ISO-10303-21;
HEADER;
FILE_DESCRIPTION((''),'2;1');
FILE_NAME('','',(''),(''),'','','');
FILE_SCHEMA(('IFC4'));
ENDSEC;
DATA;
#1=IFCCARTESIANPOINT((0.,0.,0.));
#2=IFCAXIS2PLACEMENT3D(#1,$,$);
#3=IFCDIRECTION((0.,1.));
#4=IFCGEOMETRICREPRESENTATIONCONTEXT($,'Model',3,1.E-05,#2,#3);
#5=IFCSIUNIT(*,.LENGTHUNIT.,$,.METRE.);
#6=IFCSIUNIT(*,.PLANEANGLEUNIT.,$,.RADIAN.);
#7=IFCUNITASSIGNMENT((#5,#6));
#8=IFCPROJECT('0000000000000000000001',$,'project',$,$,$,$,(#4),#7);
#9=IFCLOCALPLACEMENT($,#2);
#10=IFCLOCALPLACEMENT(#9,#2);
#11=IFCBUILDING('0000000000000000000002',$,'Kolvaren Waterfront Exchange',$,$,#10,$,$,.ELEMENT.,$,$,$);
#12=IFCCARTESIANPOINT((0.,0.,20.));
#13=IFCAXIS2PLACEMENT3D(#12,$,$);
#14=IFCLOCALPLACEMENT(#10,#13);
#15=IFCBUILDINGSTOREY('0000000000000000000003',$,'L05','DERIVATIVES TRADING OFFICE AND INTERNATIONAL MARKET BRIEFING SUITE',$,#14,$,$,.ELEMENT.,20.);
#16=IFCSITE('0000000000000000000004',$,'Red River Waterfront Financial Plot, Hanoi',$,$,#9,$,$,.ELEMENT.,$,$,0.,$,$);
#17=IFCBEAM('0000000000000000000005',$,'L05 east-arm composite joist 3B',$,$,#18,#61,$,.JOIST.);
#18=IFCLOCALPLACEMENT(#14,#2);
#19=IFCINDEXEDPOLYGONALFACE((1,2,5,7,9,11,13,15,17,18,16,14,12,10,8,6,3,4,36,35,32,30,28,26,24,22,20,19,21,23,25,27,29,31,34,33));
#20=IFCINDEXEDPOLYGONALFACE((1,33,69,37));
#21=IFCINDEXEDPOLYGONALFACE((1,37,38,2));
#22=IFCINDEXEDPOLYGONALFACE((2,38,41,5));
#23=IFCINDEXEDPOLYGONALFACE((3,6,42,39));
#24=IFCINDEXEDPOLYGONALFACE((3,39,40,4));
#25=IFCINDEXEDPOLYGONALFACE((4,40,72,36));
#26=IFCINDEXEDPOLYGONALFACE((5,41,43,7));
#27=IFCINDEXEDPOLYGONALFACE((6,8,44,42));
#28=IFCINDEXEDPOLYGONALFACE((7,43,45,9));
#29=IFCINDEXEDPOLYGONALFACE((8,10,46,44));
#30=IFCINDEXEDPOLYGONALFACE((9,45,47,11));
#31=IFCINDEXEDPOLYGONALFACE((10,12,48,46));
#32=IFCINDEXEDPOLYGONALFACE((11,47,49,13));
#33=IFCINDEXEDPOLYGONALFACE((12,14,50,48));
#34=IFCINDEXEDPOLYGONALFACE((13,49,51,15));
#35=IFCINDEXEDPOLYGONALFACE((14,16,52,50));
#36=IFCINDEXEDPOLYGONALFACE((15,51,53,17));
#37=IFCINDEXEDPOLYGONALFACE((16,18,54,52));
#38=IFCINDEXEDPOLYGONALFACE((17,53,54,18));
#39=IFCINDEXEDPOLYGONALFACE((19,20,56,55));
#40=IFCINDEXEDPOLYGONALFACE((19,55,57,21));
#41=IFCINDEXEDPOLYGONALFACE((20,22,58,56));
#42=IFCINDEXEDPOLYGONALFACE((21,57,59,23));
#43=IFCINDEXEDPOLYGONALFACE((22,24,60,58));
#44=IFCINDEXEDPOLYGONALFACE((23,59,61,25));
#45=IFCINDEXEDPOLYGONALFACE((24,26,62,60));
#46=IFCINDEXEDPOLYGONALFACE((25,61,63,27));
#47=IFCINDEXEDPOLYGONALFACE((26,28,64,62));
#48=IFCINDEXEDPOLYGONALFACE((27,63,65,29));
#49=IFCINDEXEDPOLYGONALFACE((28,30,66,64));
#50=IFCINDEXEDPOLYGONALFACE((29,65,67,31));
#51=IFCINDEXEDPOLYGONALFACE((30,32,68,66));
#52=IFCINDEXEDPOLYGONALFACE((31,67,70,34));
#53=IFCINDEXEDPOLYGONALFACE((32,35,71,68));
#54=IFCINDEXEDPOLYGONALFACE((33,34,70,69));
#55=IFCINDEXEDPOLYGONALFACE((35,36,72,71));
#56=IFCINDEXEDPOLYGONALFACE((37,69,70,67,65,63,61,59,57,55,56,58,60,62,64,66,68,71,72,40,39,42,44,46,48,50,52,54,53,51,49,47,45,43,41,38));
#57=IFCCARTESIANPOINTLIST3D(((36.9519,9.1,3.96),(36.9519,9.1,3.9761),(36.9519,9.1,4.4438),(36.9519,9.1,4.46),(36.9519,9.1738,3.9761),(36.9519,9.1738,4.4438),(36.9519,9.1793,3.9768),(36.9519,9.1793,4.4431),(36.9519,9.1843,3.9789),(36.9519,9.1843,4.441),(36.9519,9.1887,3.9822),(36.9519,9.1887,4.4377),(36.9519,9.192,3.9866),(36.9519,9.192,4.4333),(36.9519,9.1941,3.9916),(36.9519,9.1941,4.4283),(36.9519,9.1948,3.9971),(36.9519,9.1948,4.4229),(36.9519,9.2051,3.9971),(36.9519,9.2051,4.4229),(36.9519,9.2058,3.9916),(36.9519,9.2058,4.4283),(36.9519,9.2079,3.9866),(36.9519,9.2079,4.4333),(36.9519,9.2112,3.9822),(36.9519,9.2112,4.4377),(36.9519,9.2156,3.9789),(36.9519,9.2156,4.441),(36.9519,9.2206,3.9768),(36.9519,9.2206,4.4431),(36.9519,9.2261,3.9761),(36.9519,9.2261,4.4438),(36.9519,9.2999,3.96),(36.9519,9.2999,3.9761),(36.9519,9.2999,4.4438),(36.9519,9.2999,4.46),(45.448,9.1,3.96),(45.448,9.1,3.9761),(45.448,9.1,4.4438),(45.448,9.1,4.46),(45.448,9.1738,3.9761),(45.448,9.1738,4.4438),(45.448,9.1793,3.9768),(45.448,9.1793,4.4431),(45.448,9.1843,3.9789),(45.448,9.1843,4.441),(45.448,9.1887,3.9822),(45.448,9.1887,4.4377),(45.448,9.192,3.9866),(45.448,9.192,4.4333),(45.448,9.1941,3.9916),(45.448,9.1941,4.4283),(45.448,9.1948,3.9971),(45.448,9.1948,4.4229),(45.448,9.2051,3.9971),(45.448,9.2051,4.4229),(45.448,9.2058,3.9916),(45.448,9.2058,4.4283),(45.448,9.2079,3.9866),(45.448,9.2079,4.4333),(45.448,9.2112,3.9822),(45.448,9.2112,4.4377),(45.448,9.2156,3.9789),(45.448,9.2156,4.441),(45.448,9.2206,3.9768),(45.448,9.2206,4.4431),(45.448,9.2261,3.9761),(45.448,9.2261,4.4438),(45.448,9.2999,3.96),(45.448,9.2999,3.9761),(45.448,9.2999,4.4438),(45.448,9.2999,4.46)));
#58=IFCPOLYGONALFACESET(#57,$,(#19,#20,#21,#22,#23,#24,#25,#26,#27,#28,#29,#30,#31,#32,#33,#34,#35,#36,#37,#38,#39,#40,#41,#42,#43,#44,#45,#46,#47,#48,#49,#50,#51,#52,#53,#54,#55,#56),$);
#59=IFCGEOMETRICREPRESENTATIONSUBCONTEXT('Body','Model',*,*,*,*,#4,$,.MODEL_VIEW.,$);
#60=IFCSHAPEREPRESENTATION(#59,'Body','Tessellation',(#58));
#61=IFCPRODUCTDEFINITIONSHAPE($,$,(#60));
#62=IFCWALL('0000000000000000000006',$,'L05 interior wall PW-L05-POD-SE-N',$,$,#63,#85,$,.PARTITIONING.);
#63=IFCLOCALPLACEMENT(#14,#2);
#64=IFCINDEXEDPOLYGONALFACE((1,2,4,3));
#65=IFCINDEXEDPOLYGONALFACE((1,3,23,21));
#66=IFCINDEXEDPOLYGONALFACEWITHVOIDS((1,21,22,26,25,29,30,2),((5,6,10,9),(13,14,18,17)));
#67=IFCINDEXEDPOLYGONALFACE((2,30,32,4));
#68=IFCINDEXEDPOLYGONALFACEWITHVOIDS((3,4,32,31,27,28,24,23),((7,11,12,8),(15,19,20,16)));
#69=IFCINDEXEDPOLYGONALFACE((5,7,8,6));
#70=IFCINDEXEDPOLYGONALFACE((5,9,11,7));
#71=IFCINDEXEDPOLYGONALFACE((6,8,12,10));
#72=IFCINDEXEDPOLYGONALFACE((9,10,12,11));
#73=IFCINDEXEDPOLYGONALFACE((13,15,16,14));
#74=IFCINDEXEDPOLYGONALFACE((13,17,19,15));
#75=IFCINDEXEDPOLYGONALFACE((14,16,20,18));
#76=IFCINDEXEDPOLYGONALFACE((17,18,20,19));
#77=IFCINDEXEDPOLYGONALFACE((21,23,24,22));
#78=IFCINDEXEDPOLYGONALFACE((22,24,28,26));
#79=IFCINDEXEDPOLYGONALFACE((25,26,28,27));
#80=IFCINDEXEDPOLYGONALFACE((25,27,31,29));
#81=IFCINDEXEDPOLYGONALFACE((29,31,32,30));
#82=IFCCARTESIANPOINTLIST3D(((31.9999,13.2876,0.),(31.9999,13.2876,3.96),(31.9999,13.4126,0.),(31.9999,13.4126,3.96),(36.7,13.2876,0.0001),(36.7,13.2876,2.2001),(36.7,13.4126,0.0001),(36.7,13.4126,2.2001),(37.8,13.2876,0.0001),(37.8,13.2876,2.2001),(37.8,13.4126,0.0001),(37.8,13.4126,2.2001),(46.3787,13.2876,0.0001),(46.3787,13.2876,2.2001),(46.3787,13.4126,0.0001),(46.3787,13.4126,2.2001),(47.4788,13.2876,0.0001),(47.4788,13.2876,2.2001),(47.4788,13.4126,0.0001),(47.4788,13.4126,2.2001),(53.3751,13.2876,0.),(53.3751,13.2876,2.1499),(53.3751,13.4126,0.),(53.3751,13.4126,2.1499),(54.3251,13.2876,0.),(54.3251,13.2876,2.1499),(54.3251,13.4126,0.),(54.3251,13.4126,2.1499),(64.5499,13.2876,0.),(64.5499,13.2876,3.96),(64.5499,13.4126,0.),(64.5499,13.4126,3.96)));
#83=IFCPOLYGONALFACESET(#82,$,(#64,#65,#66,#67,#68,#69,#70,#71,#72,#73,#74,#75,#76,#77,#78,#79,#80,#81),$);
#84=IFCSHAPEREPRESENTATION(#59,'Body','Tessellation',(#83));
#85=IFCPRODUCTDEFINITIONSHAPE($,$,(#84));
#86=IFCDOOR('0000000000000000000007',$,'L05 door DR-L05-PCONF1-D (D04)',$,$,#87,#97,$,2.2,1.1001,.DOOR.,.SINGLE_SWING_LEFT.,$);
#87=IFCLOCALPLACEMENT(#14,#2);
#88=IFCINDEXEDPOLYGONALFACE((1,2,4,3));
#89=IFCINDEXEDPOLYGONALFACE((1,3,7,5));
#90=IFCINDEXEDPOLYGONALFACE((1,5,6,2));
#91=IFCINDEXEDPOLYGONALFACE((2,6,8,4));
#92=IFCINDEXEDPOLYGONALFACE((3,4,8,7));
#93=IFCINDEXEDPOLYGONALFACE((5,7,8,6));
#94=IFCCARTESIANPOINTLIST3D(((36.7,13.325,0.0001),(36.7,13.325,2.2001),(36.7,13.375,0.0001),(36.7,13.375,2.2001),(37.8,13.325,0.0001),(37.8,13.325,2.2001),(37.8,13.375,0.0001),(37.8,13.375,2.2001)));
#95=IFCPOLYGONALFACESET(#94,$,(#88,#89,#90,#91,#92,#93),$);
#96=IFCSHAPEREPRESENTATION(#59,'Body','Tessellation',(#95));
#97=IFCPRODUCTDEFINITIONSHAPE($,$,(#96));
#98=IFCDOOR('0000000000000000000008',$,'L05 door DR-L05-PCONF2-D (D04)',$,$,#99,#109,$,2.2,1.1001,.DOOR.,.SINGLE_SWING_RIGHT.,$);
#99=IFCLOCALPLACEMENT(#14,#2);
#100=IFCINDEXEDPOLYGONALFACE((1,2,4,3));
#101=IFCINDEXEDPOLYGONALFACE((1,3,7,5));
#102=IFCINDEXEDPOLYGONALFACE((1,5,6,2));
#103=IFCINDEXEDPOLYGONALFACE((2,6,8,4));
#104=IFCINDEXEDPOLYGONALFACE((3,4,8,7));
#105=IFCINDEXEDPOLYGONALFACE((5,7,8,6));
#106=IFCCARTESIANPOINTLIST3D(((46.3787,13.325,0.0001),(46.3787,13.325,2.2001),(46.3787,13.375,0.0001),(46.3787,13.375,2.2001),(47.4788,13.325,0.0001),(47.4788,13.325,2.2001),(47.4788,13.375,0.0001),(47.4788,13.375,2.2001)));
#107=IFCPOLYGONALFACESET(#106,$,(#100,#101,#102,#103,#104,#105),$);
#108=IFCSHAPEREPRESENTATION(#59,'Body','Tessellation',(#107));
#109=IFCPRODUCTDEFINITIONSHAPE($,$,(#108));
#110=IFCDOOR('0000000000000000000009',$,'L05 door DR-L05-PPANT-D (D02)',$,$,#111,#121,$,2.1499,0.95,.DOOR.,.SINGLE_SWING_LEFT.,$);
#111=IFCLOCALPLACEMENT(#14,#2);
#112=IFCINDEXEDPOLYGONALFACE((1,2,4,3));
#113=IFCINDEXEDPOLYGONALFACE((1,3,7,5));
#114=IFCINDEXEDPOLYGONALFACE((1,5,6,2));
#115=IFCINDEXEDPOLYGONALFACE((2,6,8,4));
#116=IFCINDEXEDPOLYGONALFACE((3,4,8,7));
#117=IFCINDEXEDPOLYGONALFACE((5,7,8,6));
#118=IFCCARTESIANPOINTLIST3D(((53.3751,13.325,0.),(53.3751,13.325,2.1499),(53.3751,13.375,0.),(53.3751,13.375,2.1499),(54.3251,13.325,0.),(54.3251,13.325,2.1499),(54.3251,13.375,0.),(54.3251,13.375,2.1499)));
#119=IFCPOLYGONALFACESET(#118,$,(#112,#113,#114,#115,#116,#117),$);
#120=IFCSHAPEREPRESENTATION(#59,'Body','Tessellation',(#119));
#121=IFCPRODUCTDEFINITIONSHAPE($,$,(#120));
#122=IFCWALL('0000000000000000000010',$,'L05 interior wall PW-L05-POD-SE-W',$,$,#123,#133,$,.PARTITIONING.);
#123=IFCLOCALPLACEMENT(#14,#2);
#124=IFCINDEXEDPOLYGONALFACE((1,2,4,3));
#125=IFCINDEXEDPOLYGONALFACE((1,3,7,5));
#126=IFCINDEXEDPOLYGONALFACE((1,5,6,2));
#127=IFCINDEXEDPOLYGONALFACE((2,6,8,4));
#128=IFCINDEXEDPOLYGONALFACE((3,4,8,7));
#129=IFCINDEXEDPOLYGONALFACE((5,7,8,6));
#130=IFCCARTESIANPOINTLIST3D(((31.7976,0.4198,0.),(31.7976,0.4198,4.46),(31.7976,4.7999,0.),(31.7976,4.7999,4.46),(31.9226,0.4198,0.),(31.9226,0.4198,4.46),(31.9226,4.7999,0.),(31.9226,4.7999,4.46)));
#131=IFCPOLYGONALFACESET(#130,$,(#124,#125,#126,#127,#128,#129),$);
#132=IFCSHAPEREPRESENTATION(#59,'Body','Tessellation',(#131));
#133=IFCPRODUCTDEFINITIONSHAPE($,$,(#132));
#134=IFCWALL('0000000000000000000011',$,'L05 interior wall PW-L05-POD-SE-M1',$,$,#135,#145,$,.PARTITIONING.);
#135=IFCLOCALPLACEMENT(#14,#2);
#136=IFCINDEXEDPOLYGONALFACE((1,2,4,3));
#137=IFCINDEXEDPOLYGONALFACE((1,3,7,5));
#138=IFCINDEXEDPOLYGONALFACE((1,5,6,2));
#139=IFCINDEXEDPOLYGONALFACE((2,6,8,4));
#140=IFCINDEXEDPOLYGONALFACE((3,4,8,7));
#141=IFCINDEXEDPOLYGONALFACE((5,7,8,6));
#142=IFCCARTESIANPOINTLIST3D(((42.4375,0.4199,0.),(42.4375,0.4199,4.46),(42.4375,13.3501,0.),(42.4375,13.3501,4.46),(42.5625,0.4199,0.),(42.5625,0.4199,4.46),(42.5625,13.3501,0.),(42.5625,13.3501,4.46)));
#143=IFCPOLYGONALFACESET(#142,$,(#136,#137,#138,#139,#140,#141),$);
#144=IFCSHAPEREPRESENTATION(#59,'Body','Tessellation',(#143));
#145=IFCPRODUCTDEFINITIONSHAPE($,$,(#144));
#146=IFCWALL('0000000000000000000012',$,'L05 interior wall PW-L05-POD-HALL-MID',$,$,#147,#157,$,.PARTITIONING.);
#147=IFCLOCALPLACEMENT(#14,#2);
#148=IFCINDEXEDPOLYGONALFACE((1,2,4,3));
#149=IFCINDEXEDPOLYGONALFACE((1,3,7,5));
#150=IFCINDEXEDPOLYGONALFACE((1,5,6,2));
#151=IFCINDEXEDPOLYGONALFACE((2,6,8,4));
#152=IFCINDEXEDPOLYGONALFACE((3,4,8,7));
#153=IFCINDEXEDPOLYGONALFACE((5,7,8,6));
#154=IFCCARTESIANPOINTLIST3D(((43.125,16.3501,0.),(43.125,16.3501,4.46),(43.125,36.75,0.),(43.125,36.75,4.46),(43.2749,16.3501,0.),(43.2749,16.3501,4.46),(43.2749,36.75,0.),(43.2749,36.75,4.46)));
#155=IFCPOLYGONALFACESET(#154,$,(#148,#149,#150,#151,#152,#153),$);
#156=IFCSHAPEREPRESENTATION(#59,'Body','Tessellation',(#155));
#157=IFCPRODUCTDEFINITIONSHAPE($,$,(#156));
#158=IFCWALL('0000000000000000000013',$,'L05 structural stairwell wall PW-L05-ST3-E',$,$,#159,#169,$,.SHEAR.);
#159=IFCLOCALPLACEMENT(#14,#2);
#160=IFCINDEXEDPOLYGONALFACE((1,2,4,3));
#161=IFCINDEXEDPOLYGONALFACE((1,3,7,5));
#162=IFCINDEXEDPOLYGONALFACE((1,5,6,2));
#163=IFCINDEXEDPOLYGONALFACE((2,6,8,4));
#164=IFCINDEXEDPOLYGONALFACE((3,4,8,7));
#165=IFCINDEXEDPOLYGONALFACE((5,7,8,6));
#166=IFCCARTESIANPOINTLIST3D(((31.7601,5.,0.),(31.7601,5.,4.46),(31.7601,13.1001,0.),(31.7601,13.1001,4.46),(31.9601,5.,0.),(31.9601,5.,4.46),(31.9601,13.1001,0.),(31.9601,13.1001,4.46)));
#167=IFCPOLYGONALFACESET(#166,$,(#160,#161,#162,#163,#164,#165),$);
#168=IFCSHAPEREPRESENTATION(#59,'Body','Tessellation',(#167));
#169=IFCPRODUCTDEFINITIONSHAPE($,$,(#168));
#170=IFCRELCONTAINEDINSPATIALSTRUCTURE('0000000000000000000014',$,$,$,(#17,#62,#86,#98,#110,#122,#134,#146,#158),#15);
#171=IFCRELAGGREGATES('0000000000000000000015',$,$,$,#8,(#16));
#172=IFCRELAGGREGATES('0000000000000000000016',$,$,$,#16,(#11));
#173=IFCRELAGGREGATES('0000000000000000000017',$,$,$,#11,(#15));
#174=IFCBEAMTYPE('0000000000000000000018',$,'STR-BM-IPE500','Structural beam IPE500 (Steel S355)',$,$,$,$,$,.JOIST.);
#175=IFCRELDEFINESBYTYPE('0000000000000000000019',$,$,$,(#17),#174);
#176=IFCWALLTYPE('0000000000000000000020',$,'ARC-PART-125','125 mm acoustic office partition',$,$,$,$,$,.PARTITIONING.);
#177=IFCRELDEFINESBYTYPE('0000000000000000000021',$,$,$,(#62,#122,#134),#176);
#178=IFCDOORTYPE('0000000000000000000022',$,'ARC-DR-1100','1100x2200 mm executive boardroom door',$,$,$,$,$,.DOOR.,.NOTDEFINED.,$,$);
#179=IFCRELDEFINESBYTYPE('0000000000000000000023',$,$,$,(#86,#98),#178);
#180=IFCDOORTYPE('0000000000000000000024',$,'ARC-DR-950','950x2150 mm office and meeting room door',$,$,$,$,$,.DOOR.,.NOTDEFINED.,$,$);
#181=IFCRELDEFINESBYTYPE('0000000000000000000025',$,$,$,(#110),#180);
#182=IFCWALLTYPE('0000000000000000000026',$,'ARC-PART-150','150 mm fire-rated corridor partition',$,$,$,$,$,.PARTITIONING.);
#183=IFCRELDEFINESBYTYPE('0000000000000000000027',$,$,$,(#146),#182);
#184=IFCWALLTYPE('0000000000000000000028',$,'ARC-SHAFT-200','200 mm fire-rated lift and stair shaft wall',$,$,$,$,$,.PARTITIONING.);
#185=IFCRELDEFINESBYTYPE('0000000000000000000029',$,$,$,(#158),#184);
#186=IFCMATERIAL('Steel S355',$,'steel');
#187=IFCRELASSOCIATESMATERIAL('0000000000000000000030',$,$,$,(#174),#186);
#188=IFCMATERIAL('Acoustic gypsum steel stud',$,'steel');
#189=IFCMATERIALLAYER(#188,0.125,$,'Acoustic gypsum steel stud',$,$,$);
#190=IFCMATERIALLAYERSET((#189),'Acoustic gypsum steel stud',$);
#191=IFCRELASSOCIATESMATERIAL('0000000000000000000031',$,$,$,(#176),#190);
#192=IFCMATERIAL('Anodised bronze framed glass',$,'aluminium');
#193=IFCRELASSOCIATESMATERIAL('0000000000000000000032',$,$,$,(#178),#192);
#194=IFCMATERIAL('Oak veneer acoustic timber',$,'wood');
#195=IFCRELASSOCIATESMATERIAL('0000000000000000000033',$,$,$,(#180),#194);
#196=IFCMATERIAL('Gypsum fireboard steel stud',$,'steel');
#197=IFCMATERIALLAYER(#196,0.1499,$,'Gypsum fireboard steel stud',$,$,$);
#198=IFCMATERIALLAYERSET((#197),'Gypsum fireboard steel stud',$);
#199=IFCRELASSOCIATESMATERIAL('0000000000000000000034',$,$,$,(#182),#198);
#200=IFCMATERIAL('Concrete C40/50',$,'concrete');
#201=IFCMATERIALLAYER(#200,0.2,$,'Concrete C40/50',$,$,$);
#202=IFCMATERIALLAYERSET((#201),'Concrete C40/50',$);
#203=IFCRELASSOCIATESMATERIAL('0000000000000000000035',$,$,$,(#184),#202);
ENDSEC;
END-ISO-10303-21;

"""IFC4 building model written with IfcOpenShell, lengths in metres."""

from ifc_helpers import new_model, si_unit, direction, frame, frame_2d, origin, origin_2d, place, context, subcontext, project, spatial, rectangle, i_section, extrude, material, layer, layer_set, material_profile, profile_set, type_object, element, fill, save


model = new_model("IFC4")

# Units and contexts
model_context = context("Model", 3, precision=1e-05, world=origin(), true_north=direction((0.0, 1.0)))
body_context = subcontext(model_context, "Body", "Model", "MODEL_VIEW")
ifc_project = project(units=[si_unit("LENGTHUNIT", "METRE"), si_unit("PLANEANGLEUNIT", "RADIAN")], contexts=[model_context])

# Site, building, storey
site_placement = place(None, origin())
site = spatial("IfcSite", under=ifc_project, at=site_placement, Name="Red River Waterfront Financial Plot, Hanoi", CompositionType="ELEMENT", RefElevation=0.0)
building_placement = place(site_placement, origin())
building = spatial("IfcBuilding", under=site, at=building_placement, Name="Kolvaren Waterfront Exchange", CompositionType="ELEMENT")
storey_placement = place(building_placement, frame((0.0, 0.0, 20.0)))
storey = spatial("IfcBuildingStorey", under=building, at=storey_placement, Name="L05", Description="DERIVATIVES TRADING OFFICE AND INTERNATIONAL MARKET BRIEFING SUITE", CompositionType="ELEMENT", Elevation=20.0)

# Beam
ifc_material_1 = material(Name="Steel S355", Category="steel")
ifc_material_profile_1 = material_profile(ifc_material_1, i_section(OverallWidth=0.2, OverallDepth=0.5, WebThickness=0.0103, FlangeThickness=0.0161, FilletRadius=0.021, at=origin_2d()), Name="IPE500")
ifc_profile_set_1 = profile_set([ifc_material_profile_1], Name="Steel S355")
beam_type_1 = type_object("IfcBeamType", Name="STR-BM-IPE500", Description="Structural beam IPE500 (Steel S355)", PredefinedType="JOIST", material=ifc_profile_set_1)
for number, where, z_axis, x_axis, name in (
    (1, (36.9519, 9.2, 4.21), (1.0, 0.0, 0.0), (0.0, 1.0, 0.0), "L05 east-arm composite joist 3B"),
):
    element("IfcBeam", number, at=place(storey_placement, frame(where, z_axis=z_axis, x_axis=x_axis)), inside=storey, type_object=beam_type_1, Name=name, PredefinedType="JOIST", context=body_context, shape_type="SweptSolid", body=[
        extrude(i_section(OverallWidth=0.2, OverallDepth=0.5, WebThickness=0.0103, FlangeThickness=0.0161, FilletRadius=0.021, at=origin_2d()), origin(), (0.0, 0.0, 1.0), 8.4961),
    ])

# Wall, openings, doors
ifc_material_2 = material(Name="Acoustic gypsum steel stud", Category="steel")
ifc_layer_1 = layer(ifc_material_2, 0.125, Name="Acoustic gypsum steel stud")
ifc_layer_set_1 = layer_set([ifc_layer_1], Name="Acoustic gypsum steel stud")
wall_type_1 = type_object("IfcWallType", Name="ARC-PART-125", Description="125 mm acoustic office partition", PredefinedType="PARTITIONING", material=ifc_layer_set_1)
wall_1_placement = place(storey_placement, frame((32.0, 13.3501, 0.0), z_axis=(0.0, 0.0, 1.0), x_axis=(1.0, 0.0, 0.0)))
wall_1 = element("IfcWall", 2, at=wall_1_placement, inside=storey, type_object=wall_type_1, Name="L05 interior wall PW-L05-POD-SE-N", PredefinedType="PARTITIONING", context=body_context, shape_type="SweptSolid", body=[
    extrude(rectangle(XDim=32.55, YDim=0.125, at=frame_2d((16.2749, 0.0))), origin(), (0.0, 0.0, 1.0), 3.96),
])
opening_1_placement = place(wall_1_placement, frame((4.7, 0.0, 0.0)))
opening_1 = element("IfcOpeningElement", 3, at=opening_1_placement, cuts=wall_1, PredefinedType="OPENING", context=body_context, shape_type="SweptSolid", body=[
    extrude(rectangle(XDim=1.1001, YDim=2.2, at=frame_2d((0.55, 1.1001))), frame((0.0, 0.0725, 0.0), z_axis=(0.0, -1.0, 0.0), x_axis=(1.0, 0.0, 0.0)), (0.0, 0.0, 1.0), 0.145),
])
opening_2_placement = place(wall_1_placement, frame((14.3787, 0.0, 0.0)))
opening_2 = element("IfcOpeningElement", 4, at=opening_2_placement, cuts=wall_1, PredefinedType="OPENING", context=body_context, shape_type="SweptSolid", body=[
    extrude(rectangle(XDim=1.1001, YDim=2.2, at=frame_2d((0.55, 1.1001))), frame((0.0, 0.0725, 0.0), z_axis=(0.0, -1.0, 0.0), x_axis=(1.0, 0.0, 0.0)), (0.0, 0.0, 1.0), 0.145),
])
opening_3_placement = place(wall_1_placement, frame((21.375, 0.0, 0.0)))
opening_3 = element("IfcOpeningElement", 5, at=opening_3_placement, cuts=wall_1, PredefinedType="OPENING", context=body_context, shape_type="SweptSolid", body=[
    extrude(rectangle(XDim=0.95, YDim=2.1499, at=frame_2d((0.4751, 1.075))), frame((0.0, 0.0725, 0.0), z_axis=(0.0, -1.0, 0.0), x_axis=(1.0, 0.0, 0.0)), (0.0, 0.0, 1.0), 0.145),
])
ifc_material_3 = material(Name="Anodised bronze framed glass", Category="aluminium")
door_type_1 = type_object("IfcDoorType", Name="ARC-DR-1100", Description="1100x2200 mm executive boardroom door", OperationType="NOTDEFINED", PredefinedType="DOOR", material=ifc_material_3)
door_1_placement = place(opening_1_placement, origin())
door_1 = element("IfcDoor", 6, at=door_1_placement, inside=storey, type_object=door_type_1, Name="L05 door DR-L05-PCONF1-D (D04)", OperationType="SINGLE_SWING_LEFT", OverallHeight=2.2, OverallWidth=1.1001, PredefinedType="DOOR", context=body_context, shape_type="SweptSolid", body=[
    extrude(rectangle(XDim=1.1001, YDim=2.2, at=frame_2d((0.55, 1.1001))), frame((0.0, 0.0249, 0.0), z_axis=(0.0, -1.0, 0.0), x_axis=(1.0, 0.0, 0.0)), (0.0, 0.0, 1.0), 0.05),
])
fill(opening_1, door_1)
door_2_placement = place(opening_2_placement, origin())
door_2 = element("IfcDoor", 7, at=door_2_placement, inside=storey, type_object=door_type_1, Name="L05 door DR-L05-PCONF2-D (D04)", OperationType="SINGLE_SWING_RIGHT", OverallHeight=2.2, OverallWidth=1.1001, PredefinedType="DOOR", context=body_context, shape_type="SweptSolid", body=[
    extrude(rectangle(XDim=1.1001, YDim=2.2, at=frame_2d((0.55, 1.1001))), frame((0.0, 0.0249, 0.0), z_axis=(0.0, -1.0, 0.0), x_axis=(1.0, 0.0, 0.0)), (0.0, 0.0, 1.0), 0.05),
])
fill(opening_2, door_2)
ifc_material_4 = material(Name="Oak veneer acoustic timber", Category="wood")
door_type_2 = type_object("IfcDoorType", Name="ARC-DR-950", Description="950x2150 mm office and meeting room door", OperationType="NOTDEFINED", PredefinedType="DOOR", material=ifc_material_4)
door_3_placement = place(opening_3_placement, origin())
door_3 = element("IfcDoor", 8, at=door_3_placement, inside=storey, type_object=door_type_2, Name="L05 door DR-L05-PPANT-D (D02)", OperationType="SINGLE_SWING_LEFT", OverallHeight=2.1499, OverallWidth=0.95, PredefinedType="DOOR", context=body_context, shape_type="SweptSolid", body=[
    extrude(rectangle(XDim=0.95, YDim=2.1499, at=frame_2d((0.4751, 1.075))), frame((0.0, 0.0249, 0.0), z_axis=(0.0, -1.0, 0.0), x_axis=(1.0, 0.0, 0.0)), (0.0, 0.0, 1.0), 0.05),
])
fill(opening_3, door_3)

# Walls
wall_2_placement = place(storey_placement, frame((31.8601, 0.4199, 0.0), z_axis=(0.0, 0.0, 1.0), x_axis=(0.0, 1.0, 0.0)))
element("IfcWall", 9, at=wall_2_placement, inside=storey, type_object=wall_type_1, Name="L05 interior wall PW-L05-POD-SE-W", PredefinedType="PARTITIONING", context=body_context, shape_type="SweptSolid", body=[
    extrude(rectangle(XDim=4.3801, YDim=0.125, at=frame_2d((2.1899, 0.0))), origin(), (0.0, 0.0, 1.0), 4.46),
])
wall_3_placement = place(storey_placement, frame((42.5, 0.4199, 0.0), z_axis=(0.0, 0.0, 1.0), x_axis=(0.0, 1.0, 0.0)))
element("IfcWall", 10, at=wall_3_placement, inside=storey, type_object=wall_type_1, Name="L05 interior wall PW-L05-POD-SE-M1", PredefinedType="PARTITIONING", context=body_context, shape_type="SweptSolid", body=[
    extrude(rectangle(XDim=12.9302, YDim=0.125, at=frame_2d((6.4651, 0.0))), origin(), (0.0, 0.0, 1.0), 4.46),
])
ifc_material_5 = material(Name="Gypsum fireboard steel stud", Category="steel")
ifc_layer_2 = layer(ifc_material_5, 0.1499, Name="Gypsum fireboard steel stud")
ifc_layer_set_2 = layer_set([ifc_layer_2], Name="Gypsum fireboard steel stud")
wall_type_2 = type_object("IfcWallType", Name="ARC-PART-150", Description="150 mm fire-rated corridor partition", PredefinedType="PARTITIONING", material=ifc_layer_set_2)
wall_4_placement = place(storey_placement, frame((43.2, 16.3501, 0.0), z_axis=(0.0, 0.0, 1.0), x_axis=(0.0, 1.0, 0.0)))
element("IfcWall", 11, at=wall_4_placement, inside=storey, type_object=wall_type_2, Name="L05 interior wall PW-L05-POD-HALL-MID", PredefinedType="PARTITIONING", context=body_context, shape_type="SweptSolid", body=[
    extrude(rectangle(XDim=20.3999, YDim=0.1499, at=frame_2d((10.2, 0.0))), origin(), (0.0, 0.0, 1.0), 4.46),
])
ifc_material_6 = material(Name="Concrete C40/50", Category="concrete")
ifc_layer_3 = layer(ifc_material_6, 0.2, Name="Concrete C40/50")
ifc_layer_set_3 = layer_set([ifc_layer_3], Name="Concrete C40/50")
wall_type_3 = type_object("IfcWallType", Name="ARC-SHAFT-200", Description="200 mm fire-rated lift and stair shaft wall", PredefinedType="PARTITIONING", material=ifc_layer_set_3)
wall_5_placement = place(storey_placement, frame((31.8601, 5.0, 0.0), z_axis=(0.0, 0.0, 1.0), x_axis=(0.0, 1.0, 0.0)))
element("IfcWall", 12, at=wall_5_placement, inside=storey, type_object=wall_type_3, Name="L05 structural stairwell wall PW-L05-ST3-E", PredefinedType="SHEAR", context=body_context, shape_type="SweptSolid", body=[
    extrude(rectangle(XDim=8.1001, YDim=0.2, at=frame_2d((4.05, 0.0))), origin(), (0.0, 0.0, 1.0), 4.46),
])

save(model, "model.ifc")
